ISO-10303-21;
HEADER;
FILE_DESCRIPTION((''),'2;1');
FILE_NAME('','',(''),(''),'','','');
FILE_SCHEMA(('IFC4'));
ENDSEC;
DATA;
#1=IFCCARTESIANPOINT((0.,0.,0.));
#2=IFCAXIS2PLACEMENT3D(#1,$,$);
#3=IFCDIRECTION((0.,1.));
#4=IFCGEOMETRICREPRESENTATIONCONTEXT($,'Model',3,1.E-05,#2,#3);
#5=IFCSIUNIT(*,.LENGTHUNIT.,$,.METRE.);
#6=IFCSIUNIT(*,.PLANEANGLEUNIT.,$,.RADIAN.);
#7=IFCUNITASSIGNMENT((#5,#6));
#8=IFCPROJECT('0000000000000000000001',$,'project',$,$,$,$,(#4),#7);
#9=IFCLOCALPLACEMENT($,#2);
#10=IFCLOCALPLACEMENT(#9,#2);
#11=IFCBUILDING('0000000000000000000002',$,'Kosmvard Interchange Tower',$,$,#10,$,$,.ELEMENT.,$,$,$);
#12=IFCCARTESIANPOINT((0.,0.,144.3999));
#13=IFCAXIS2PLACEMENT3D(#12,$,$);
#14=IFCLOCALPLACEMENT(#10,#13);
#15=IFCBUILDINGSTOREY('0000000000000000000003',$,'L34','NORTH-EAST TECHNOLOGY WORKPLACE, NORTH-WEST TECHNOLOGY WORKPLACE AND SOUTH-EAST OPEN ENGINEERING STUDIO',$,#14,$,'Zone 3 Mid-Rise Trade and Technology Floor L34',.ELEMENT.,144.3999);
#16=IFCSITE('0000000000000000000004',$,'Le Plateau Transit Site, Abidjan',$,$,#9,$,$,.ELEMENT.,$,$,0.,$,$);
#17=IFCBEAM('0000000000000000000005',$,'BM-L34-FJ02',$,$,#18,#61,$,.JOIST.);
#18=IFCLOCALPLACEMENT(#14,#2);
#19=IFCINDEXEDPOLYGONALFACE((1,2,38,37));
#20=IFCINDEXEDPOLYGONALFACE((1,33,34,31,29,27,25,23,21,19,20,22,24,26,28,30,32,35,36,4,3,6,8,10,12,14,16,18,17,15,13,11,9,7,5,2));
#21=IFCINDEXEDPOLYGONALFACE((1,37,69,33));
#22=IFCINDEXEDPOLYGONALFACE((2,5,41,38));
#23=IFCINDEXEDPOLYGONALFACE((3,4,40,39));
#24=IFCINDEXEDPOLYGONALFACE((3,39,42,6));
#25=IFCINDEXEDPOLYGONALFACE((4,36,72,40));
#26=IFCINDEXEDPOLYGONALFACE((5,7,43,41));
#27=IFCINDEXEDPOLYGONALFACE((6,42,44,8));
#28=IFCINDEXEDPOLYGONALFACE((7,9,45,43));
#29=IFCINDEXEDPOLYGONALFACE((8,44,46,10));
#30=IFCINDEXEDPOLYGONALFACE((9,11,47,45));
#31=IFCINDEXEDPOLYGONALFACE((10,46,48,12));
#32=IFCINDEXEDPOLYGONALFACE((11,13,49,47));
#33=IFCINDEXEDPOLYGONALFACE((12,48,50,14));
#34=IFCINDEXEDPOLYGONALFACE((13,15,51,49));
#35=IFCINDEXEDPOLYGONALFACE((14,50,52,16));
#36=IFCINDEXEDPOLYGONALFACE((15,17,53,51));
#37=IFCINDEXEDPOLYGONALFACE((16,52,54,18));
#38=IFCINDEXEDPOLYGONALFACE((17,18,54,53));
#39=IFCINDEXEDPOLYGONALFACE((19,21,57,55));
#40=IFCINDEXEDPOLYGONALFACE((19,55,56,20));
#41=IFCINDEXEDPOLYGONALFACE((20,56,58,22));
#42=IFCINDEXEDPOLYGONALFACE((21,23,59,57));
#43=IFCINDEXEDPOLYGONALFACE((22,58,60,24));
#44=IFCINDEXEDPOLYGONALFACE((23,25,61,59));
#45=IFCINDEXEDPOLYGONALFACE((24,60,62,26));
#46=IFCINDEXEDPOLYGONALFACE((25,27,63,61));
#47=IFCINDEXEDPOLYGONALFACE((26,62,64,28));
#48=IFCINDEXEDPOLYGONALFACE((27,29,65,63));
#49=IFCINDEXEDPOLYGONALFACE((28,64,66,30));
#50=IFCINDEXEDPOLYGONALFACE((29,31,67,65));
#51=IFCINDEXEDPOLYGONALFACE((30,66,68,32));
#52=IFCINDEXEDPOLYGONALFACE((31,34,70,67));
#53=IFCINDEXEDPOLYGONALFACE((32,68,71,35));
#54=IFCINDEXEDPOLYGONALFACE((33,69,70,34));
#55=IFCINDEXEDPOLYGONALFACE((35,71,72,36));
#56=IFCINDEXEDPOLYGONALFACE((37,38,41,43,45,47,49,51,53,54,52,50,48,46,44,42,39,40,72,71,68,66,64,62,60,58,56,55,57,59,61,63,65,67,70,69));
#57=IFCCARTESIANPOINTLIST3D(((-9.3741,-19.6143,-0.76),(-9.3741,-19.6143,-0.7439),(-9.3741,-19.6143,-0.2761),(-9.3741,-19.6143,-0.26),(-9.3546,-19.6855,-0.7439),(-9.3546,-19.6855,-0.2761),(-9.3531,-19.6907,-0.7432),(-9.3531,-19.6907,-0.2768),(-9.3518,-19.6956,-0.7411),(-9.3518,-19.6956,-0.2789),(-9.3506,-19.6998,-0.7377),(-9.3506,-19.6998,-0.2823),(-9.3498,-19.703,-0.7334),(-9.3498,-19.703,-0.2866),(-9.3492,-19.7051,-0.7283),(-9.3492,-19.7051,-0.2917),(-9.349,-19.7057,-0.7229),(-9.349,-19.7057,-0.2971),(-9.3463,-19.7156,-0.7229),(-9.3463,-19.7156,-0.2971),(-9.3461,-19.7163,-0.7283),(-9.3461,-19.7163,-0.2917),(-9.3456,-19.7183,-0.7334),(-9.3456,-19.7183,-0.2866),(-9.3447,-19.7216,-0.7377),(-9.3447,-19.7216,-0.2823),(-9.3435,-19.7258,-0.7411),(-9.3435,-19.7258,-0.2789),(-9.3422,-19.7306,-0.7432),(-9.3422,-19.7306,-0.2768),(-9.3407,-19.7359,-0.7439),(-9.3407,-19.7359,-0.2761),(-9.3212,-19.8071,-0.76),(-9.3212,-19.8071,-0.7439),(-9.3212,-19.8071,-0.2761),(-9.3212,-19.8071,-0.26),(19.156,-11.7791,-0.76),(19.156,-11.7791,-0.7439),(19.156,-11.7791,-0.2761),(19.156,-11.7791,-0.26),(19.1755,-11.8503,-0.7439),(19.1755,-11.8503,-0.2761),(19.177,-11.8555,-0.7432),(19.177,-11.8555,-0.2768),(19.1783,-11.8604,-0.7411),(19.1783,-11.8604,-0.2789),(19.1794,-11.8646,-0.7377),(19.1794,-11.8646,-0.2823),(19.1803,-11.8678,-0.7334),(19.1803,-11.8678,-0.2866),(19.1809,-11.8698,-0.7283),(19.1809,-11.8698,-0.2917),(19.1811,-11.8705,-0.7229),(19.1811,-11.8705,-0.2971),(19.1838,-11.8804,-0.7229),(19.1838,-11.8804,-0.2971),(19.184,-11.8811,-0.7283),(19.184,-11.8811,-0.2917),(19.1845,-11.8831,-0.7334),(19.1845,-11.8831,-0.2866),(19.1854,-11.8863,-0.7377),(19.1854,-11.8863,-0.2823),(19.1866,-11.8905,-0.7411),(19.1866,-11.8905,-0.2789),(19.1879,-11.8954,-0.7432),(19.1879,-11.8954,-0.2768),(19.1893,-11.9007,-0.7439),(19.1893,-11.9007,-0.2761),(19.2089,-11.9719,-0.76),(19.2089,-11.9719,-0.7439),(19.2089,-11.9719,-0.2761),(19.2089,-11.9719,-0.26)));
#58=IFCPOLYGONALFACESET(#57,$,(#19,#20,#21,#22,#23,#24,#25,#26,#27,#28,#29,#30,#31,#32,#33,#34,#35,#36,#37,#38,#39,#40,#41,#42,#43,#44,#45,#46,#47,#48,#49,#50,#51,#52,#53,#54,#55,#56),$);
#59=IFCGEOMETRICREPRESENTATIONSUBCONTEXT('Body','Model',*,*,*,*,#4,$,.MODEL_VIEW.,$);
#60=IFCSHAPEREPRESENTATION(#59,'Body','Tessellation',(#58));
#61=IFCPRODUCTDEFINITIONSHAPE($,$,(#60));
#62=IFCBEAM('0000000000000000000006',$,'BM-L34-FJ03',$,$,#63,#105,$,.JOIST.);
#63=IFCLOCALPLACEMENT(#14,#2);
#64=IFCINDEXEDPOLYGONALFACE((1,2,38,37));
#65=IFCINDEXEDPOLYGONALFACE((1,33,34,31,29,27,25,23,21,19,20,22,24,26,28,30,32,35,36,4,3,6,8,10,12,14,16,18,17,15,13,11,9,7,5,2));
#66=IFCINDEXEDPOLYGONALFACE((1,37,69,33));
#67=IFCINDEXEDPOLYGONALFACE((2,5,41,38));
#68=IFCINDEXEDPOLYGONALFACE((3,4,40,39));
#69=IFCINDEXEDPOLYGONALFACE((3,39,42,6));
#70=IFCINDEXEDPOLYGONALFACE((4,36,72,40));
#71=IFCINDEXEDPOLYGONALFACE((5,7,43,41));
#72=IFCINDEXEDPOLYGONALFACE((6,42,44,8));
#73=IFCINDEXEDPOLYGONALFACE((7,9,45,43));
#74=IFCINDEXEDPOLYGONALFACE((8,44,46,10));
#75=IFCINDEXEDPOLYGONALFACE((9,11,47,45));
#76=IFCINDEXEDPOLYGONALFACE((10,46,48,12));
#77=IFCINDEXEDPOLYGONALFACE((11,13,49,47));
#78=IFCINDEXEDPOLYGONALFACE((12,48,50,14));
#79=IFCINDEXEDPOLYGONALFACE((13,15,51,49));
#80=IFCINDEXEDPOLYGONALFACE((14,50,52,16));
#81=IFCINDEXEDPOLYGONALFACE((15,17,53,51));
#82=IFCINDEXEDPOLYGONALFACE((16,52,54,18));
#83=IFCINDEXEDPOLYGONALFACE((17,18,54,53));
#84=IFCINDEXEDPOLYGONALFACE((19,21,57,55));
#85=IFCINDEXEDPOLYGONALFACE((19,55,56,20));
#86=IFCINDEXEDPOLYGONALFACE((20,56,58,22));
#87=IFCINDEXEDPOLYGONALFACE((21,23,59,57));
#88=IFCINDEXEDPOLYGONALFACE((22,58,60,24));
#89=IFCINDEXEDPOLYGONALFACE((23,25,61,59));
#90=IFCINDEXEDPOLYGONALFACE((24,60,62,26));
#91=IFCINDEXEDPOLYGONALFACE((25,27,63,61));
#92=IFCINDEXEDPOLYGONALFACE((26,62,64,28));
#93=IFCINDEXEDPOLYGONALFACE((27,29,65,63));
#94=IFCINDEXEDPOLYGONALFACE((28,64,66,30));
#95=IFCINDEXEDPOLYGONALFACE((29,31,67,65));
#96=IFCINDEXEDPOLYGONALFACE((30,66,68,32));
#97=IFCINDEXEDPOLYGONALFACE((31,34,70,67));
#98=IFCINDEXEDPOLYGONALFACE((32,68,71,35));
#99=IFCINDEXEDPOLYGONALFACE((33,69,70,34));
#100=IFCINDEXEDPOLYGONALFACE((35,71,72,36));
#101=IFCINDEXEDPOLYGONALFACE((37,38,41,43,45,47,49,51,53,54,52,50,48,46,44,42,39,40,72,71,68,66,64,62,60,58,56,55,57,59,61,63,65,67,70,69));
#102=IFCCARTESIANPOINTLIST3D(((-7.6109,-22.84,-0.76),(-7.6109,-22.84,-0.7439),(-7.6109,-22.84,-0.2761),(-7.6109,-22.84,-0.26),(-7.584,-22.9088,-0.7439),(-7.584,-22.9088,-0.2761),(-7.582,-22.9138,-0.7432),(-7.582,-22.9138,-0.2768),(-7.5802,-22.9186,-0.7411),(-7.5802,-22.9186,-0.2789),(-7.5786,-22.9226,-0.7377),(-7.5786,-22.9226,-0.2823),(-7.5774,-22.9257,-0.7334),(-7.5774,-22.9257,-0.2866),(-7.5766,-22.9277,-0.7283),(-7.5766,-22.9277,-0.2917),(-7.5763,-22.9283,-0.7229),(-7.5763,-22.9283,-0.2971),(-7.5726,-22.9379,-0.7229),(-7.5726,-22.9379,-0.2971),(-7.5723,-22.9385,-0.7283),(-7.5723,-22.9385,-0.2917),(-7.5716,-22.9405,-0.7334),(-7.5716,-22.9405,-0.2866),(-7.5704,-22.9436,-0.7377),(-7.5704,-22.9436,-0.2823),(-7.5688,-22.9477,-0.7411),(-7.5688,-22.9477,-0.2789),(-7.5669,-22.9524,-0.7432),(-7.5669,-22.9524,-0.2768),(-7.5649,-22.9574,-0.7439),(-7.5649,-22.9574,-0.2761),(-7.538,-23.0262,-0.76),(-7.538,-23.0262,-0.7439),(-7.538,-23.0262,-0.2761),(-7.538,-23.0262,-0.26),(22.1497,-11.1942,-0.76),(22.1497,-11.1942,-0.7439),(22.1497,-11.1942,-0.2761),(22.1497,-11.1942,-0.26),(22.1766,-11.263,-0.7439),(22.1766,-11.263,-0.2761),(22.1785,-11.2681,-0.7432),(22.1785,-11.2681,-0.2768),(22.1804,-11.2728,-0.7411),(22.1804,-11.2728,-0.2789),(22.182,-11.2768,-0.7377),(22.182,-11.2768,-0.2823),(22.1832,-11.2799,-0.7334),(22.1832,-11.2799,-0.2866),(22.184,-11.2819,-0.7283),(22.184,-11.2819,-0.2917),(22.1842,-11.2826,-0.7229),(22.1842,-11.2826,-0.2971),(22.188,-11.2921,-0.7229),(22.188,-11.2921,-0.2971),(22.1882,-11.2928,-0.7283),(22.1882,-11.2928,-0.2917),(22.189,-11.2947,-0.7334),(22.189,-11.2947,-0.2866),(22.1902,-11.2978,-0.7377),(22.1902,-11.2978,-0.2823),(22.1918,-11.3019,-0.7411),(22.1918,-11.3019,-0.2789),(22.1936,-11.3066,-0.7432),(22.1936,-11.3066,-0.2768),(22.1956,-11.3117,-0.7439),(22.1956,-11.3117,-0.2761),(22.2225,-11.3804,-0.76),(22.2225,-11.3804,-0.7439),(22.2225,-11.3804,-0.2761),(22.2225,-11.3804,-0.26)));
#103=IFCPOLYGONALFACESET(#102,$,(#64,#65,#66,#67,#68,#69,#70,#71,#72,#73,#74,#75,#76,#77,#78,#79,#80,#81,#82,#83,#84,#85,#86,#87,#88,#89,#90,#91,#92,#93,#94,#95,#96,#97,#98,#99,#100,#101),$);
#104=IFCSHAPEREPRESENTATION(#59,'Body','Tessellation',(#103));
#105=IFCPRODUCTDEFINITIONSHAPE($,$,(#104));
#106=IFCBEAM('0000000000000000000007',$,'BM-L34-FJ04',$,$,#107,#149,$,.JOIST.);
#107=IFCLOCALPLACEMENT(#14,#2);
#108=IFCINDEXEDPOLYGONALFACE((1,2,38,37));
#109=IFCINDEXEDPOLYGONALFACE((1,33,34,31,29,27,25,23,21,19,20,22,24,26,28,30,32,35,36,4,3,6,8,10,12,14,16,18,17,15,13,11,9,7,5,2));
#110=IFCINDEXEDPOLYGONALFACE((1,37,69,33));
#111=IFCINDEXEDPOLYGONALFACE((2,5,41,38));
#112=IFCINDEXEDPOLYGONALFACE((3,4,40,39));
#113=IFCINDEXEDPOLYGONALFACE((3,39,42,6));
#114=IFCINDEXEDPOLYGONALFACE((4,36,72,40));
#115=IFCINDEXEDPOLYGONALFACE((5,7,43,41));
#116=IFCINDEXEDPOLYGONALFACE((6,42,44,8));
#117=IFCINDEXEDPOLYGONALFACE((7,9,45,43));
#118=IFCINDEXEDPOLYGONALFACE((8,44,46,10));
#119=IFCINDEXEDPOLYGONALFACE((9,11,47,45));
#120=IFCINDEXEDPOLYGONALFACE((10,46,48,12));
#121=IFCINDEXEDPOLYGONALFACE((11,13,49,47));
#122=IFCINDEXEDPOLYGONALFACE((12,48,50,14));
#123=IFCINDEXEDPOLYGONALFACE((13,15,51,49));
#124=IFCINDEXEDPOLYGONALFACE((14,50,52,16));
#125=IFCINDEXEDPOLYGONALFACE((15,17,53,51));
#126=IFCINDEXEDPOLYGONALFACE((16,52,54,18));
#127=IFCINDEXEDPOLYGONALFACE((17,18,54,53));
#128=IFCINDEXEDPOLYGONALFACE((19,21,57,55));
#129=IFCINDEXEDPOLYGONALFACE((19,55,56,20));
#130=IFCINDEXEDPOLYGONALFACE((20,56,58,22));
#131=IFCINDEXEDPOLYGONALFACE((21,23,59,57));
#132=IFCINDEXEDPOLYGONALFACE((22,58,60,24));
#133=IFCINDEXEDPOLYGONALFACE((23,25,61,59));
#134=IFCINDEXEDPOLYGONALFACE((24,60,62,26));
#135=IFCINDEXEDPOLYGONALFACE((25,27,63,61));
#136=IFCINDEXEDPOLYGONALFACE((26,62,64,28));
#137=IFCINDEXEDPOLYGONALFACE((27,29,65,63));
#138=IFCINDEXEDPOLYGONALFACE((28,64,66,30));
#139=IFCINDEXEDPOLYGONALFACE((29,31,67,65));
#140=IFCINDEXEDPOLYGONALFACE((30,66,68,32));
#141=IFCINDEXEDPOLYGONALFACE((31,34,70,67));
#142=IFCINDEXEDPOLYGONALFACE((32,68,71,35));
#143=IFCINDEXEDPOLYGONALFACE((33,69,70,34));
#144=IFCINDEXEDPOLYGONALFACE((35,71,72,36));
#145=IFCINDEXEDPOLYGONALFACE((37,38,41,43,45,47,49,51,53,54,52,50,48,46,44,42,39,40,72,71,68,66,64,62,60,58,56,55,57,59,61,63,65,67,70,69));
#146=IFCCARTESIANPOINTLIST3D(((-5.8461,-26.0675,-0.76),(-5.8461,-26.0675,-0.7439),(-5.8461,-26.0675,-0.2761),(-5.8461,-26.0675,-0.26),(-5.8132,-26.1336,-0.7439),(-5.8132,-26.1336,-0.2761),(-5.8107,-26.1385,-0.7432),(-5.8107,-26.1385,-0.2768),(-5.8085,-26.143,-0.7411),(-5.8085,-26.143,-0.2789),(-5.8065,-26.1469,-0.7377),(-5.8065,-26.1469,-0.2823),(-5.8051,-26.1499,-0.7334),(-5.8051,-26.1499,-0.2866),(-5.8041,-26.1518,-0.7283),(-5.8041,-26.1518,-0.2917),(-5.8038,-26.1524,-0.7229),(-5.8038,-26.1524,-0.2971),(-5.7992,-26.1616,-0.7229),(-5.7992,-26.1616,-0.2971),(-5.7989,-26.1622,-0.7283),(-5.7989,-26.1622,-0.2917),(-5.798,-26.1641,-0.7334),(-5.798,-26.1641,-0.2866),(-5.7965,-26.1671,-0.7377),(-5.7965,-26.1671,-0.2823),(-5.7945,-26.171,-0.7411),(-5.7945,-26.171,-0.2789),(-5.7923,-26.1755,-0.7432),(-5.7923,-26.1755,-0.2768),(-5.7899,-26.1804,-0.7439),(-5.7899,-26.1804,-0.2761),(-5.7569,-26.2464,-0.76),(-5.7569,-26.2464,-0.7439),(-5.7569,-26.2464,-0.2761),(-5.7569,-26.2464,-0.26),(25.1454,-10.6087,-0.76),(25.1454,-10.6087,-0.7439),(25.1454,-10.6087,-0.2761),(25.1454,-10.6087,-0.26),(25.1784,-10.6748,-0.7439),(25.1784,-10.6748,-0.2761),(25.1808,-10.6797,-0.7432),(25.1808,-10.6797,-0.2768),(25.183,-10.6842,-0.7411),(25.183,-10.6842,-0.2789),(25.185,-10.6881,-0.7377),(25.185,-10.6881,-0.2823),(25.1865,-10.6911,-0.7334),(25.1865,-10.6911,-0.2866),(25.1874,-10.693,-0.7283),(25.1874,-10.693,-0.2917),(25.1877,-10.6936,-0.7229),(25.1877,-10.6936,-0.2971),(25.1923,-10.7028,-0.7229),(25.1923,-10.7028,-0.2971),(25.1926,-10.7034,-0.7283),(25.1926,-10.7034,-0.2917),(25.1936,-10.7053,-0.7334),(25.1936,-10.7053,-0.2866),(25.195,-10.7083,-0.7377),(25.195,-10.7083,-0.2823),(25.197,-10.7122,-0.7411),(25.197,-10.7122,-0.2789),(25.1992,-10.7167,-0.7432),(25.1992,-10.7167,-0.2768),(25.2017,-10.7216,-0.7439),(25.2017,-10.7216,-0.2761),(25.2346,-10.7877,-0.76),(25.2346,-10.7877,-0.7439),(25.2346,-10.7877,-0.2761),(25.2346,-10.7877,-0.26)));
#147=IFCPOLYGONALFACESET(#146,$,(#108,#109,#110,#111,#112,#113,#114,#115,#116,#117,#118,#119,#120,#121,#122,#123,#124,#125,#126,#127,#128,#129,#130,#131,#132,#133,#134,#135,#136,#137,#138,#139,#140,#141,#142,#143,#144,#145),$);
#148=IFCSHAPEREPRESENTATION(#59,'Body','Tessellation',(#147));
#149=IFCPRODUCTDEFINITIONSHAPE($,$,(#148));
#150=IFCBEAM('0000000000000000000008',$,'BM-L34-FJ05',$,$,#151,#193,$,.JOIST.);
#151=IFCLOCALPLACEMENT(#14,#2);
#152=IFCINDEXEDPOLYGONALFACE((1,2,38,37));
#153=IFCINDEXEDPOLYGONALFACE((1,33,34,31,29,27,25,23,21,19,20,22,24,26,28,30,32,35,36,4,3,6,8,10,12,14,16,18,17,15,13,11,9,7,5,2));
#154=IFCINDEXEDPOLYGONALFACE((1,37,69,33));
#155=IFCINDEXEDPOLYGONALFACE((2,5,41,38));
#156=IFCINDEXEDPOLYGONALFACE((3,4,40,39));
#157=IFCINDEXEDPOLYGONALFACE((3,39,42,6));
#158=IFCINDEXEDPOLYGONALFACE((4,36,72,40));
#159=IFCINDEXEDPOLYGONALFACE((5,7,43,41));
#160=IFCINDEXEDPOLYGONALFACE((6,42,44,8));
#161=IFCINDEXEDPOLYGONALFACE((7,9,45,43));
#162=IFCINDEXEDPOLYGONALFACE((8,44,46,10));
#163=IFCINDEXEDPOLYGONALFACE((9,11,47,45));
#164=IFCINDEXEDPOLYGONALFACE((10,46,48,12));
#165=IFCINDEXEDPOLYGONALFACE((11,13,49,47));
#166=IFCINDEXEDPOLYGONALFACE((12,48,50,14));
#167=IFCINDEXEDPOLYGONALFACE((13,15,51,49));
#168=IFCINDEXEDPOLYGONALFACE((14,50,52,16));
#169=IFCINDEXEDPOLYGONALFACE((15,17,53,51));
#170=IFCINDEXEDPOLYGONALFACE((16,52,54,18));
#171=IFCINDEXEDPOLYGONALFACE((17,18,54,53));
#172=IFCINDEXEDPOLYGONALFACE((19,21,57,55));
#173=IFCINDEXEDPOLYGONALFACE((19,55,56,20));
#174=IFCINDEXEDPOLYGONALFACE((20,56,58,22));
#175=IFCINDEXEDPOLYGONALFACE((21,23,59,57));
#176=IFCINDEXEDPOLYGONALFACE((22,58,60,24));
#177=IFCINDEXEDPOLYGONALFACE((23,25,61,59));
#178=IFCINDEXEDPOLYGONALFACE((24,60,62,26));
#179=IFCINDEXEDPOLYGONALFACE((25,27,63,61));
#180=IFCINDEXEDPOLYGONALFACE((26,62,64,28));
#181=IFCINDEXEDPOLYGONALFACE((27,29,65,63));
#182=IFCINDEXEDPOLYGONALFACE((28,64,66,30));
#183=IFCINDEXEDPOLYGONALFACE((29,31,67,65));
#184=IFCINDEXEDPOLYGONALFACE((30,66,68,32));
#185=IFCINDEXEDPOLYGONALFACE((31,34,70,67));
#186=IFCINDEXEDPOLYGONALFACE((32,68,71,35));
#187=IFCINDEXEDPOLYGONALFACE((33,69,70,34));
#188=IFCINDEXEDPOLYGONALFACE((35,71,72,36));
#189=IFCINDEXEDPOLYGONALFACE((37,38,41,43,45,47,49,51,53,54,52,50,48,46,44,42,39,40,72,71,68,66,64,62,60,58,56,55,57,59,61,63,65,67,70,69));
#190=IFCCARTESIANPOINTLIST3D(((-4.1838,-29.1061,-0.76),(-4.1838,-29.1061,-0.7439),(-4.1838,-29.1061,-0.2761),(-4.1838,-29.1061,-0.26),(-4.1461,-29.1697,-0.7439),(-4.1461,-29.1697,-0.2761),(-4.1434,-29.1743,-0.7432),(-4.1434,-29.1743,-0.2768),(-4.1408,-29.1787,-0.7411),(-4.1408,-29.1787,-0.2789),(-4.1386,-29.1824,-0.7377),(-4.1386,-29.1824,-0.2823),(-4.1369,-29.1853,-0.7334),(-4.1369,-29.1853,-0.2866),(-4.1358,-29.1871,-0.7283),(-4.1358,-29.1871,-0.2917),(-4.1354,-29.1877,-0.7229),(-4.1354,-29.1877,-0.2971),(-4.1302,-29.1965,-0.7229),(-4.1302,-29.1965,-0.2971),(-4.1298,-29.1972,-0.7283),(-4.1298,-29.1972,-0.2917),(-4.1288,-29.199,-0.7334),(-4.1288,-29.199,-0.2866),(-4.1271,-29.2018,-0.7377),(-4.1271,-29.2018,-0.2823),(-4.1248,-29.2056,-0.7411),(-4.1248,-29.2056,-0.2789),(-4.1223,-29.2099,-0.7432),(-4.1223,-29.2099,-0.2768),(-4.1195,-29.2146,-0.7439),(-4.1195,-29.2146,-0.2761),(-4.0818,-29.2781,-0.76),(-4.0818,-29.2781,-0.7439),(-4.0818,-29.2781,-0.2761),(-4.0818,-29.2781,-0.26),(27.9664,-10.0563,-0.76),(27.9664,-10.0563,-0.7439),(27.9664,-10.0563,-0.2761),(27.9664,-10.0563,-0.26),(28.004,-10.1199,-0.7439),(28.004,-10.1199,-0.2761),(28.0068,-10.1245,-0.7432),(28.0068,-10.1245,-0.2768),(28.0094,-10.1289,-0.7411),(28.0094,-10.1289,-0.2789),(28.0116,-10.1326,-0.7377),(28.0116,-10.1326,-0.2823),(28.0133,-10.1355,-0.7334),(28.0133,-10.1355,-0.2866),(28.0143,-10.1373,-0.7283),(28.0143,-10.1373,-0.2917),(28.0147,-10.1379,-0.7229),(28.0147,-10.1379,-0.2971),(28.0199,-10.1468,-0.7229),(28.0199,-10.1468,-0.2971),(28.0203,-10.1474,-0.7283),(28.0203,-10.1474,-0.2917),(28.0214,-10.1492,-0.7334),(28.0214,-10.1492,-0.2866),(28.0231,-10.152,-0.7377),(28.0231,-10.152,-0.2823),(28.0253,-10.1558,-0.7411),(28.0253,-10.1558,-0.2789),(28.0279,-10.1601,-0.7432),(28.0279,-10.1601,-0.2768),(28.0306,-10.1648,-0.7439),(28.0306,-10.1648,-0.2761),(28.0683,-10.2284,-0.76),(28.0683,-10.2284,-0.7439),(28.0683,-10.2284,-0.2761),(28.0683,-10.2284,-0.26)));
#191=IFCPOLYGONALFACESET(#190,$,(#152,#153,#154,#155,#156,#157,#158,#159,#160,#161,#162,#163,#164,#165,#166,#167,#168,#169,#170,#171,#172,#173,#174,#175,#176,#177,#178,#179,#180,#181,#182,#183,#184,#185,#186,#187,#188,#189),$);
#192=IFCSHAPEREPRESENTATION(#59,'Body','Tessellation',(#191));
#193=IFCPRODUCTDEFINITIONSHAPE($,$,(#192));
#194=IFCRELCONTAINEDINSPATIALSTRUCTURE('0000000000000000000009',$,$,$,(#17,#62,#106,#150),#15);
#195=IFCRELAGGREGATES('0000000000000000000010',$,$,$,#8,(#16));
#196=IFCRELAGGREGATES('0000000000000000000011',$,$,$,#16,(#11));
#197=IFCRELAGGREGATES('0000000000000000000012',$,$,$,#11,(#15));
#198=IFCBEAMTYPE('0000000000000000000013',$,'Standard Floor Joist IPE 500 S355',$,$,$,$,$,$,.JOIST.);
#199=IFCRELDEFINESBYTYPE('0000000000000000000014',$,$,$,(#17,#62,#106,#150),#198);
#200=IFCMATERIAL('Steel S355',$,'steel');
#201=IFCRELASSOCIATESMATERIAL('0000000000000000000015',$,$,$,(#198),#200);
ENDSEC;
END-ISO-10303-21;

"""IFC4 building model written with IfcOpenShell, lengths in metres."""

from ifc_helpers import new_model, si_unit, direction, frame, origin, origin_2d, place, context, subcontext, project, spatial, i_section, extrude, source, transform, mapped, material, material_profile, profile_set, type_object, element, save


model = new_model("IFC4")

# Units and contexts
model_context = context("Model", 3, precision=1e-05, world=origin(), true_north=direction((0.0, 1.0)))
body_context = subcontext(model_context, "Body", "Model", "MODEL_VIEW")
ifc_project = project(units=[si_unit("LENGTHUNIT", "METRE"), si_unit("PLANEANGLEUNIT", "RADIAN")], contexts=[model_context])

# Site, building, storey
site_placement = place(None, origin())
site = spatial("IfcSite", under=ifc_project, at=site_placement, Name="Le Plateau Transit Site, Abidjan", CompositionType="ELEMENT", RefElevation=0.0)
building_placement = place(site_placement, origin())
building = spatial("IfcBuilding", under=site, at=building_placement, Name="Kosmvard Interchange Tower", CompositionType="ELEMENT")
storey_placement = place(building_placement, frame((0.0, 0.0, 144.3999)))
storey = spatial("IfcBuildingStorey", under=building, at=storey_placement, Name="L34", Description="NORTH-EAST TECHNOLOGY WORKPLACE, NORTH-WEST TECHNOLOGY WORKPLACE AND SOUTH-EAST OPEN ENGINEERING STUDIO", LongName="Zone 3 Mid-Rise Trade and Technology Floor L34", CompositionType="ELEMENT", Elevation=144.3999)

# Beams
ifc_material_1 = material(Name="Steel S355", Category="steel")
ifc_material_profile_1 = material_profile(ifc_material_1, i_section(OverallWidth=0.2, OverallDepth=0.5, WebThickness=0.0103, FlangeThickness=0.0161, FilletRadius=0.021, at=origin_2d()), Name="IPE 500")
ifc_profile_set_1 = profile_set([ifc_material_profile_1], Name="Steel S355")
beam_type_1 = type_object("IfcBeamType", Name="Standard Floor Joist IPE 500 S355", PredefinedType="JOIST", material=ifc_profile_set_1)
shared_shape_1 = source(origin(), body_context, "Body", "SweptSolid", [
    extrude(i_section(OverallWidth=0.2, OverallDepth=0.5, WebThickness=0.0103, FlangeThickness=0.0161, FilletRadius=0.021, at=origin_2d()), origin(), (0.0, 0.0, 1.0), 29.5864),
])
beam_1_placement = place(storey_placement, frame((-9.3477, -19.7107, -0.51), z_axis=(0.964297, 0.264825, 0.0), x_axis=(-0.264825, 0.964297, 0.0)))
element("IfcBeam", 1, at=beam_1_placement, inside=storey, type_object=beam_type_1, Name="BM-L34-FJ02", PredefinedType="JOIST", context=body_context, shape_type="MappedRepresentation", body=[
    mapped(shared_shape_1, transform((0.0, 0.0, 0.0), scale=1.0)),
])
shared_shape_2 = source(origin(), body_context, "Body", "SweptSolid", [
    extrude(i_section(OverallWidth=0.2, OverallDepth=0.5, WebThickness=0.0103, FlangeThickness=0.0161, FilletRadius=0.021, at=origin_2d()), origin(), (0.0, 0.0, 1.0), 31.958),
])
beam_2_placement = place(storey_placement, frame((-7.5745, -22.9331, -0.51), z_axis=(0.931239, 0.364409, 0.0), x_axis=(-0.364409, 0.931239, 0.0)))
element("IfcBeam", 2, at=beam_2_placement, inside=storey, type_object=beam_type_1, Name="BM-L34-FJ03", PredefinedType="JOIST", context=body_context, shape_type="MappedRepresentation", body=[
    mapped(shared_shape_2, transform((0.0, 0.0, 0.0), scale=1.0)),
])
shared_shape_3 = source(origin(), body_context, "Body", "SweptSolid", [
    extrude(i_section(OverallWidth=0.2, OverallDepth=0.5, WebThickness=0.0103, FlangeThickness=0.0161, FilletRadius=0.021, at=origin_2d()), origin(), (0.0, 0.0, 1.0), 34.6331),
])
beam_3_placement = place(storey_placement, frame((-5.8015, -26.157, -0.51), z_axis=(0.894854, 0.446359, 0.0), x_axis=(-0.446359, 0.894854, 0.0)))
element("IfcBeam", 3, at=beam_3_placement, inside=storey, type_object=beam_type_1, Name="BM-L34-FJ04", PredefinedType="JOIST", context=body_context, shape_type="MappedRepresentation", body=[
    mapped(shared_shape_3, transform((0.0, 0.0, 0.0), scale=1.0)),
])
shared_shape_4 = source(origin(), body_context, "Body", "SweptSolid", [
    extrude(i_section(OverallWidth=0.2, OverallDepth=0.5, WebThickness=0.0103, FlangeThickness=0.0161, FilletRadius=0.021, at=origin_2d()), origin(), (0.0, 0.0, 1.0), 37.3701),
])
beam_4_placement = place(storey_placement, frame((-4.1328, -29.1921, -0.51), z_axis=(0.860317, 0.50976, 0.0), x_axis=(-0.50976, 0.860317, 0.0)))
element("IfcBeam", 4, at=beam_4_placement, inside=storey, type_object=beam_type_1, Name="BM-L34-FJ05", PredefinedType="JOIST", context=body_context, shape_type="MappedRepresentation", body=[
    mapped(shared_shape_4, transform((0.0, 0.0, 0.0), scale=1.0)),
])

save(model, "model.ifc")
